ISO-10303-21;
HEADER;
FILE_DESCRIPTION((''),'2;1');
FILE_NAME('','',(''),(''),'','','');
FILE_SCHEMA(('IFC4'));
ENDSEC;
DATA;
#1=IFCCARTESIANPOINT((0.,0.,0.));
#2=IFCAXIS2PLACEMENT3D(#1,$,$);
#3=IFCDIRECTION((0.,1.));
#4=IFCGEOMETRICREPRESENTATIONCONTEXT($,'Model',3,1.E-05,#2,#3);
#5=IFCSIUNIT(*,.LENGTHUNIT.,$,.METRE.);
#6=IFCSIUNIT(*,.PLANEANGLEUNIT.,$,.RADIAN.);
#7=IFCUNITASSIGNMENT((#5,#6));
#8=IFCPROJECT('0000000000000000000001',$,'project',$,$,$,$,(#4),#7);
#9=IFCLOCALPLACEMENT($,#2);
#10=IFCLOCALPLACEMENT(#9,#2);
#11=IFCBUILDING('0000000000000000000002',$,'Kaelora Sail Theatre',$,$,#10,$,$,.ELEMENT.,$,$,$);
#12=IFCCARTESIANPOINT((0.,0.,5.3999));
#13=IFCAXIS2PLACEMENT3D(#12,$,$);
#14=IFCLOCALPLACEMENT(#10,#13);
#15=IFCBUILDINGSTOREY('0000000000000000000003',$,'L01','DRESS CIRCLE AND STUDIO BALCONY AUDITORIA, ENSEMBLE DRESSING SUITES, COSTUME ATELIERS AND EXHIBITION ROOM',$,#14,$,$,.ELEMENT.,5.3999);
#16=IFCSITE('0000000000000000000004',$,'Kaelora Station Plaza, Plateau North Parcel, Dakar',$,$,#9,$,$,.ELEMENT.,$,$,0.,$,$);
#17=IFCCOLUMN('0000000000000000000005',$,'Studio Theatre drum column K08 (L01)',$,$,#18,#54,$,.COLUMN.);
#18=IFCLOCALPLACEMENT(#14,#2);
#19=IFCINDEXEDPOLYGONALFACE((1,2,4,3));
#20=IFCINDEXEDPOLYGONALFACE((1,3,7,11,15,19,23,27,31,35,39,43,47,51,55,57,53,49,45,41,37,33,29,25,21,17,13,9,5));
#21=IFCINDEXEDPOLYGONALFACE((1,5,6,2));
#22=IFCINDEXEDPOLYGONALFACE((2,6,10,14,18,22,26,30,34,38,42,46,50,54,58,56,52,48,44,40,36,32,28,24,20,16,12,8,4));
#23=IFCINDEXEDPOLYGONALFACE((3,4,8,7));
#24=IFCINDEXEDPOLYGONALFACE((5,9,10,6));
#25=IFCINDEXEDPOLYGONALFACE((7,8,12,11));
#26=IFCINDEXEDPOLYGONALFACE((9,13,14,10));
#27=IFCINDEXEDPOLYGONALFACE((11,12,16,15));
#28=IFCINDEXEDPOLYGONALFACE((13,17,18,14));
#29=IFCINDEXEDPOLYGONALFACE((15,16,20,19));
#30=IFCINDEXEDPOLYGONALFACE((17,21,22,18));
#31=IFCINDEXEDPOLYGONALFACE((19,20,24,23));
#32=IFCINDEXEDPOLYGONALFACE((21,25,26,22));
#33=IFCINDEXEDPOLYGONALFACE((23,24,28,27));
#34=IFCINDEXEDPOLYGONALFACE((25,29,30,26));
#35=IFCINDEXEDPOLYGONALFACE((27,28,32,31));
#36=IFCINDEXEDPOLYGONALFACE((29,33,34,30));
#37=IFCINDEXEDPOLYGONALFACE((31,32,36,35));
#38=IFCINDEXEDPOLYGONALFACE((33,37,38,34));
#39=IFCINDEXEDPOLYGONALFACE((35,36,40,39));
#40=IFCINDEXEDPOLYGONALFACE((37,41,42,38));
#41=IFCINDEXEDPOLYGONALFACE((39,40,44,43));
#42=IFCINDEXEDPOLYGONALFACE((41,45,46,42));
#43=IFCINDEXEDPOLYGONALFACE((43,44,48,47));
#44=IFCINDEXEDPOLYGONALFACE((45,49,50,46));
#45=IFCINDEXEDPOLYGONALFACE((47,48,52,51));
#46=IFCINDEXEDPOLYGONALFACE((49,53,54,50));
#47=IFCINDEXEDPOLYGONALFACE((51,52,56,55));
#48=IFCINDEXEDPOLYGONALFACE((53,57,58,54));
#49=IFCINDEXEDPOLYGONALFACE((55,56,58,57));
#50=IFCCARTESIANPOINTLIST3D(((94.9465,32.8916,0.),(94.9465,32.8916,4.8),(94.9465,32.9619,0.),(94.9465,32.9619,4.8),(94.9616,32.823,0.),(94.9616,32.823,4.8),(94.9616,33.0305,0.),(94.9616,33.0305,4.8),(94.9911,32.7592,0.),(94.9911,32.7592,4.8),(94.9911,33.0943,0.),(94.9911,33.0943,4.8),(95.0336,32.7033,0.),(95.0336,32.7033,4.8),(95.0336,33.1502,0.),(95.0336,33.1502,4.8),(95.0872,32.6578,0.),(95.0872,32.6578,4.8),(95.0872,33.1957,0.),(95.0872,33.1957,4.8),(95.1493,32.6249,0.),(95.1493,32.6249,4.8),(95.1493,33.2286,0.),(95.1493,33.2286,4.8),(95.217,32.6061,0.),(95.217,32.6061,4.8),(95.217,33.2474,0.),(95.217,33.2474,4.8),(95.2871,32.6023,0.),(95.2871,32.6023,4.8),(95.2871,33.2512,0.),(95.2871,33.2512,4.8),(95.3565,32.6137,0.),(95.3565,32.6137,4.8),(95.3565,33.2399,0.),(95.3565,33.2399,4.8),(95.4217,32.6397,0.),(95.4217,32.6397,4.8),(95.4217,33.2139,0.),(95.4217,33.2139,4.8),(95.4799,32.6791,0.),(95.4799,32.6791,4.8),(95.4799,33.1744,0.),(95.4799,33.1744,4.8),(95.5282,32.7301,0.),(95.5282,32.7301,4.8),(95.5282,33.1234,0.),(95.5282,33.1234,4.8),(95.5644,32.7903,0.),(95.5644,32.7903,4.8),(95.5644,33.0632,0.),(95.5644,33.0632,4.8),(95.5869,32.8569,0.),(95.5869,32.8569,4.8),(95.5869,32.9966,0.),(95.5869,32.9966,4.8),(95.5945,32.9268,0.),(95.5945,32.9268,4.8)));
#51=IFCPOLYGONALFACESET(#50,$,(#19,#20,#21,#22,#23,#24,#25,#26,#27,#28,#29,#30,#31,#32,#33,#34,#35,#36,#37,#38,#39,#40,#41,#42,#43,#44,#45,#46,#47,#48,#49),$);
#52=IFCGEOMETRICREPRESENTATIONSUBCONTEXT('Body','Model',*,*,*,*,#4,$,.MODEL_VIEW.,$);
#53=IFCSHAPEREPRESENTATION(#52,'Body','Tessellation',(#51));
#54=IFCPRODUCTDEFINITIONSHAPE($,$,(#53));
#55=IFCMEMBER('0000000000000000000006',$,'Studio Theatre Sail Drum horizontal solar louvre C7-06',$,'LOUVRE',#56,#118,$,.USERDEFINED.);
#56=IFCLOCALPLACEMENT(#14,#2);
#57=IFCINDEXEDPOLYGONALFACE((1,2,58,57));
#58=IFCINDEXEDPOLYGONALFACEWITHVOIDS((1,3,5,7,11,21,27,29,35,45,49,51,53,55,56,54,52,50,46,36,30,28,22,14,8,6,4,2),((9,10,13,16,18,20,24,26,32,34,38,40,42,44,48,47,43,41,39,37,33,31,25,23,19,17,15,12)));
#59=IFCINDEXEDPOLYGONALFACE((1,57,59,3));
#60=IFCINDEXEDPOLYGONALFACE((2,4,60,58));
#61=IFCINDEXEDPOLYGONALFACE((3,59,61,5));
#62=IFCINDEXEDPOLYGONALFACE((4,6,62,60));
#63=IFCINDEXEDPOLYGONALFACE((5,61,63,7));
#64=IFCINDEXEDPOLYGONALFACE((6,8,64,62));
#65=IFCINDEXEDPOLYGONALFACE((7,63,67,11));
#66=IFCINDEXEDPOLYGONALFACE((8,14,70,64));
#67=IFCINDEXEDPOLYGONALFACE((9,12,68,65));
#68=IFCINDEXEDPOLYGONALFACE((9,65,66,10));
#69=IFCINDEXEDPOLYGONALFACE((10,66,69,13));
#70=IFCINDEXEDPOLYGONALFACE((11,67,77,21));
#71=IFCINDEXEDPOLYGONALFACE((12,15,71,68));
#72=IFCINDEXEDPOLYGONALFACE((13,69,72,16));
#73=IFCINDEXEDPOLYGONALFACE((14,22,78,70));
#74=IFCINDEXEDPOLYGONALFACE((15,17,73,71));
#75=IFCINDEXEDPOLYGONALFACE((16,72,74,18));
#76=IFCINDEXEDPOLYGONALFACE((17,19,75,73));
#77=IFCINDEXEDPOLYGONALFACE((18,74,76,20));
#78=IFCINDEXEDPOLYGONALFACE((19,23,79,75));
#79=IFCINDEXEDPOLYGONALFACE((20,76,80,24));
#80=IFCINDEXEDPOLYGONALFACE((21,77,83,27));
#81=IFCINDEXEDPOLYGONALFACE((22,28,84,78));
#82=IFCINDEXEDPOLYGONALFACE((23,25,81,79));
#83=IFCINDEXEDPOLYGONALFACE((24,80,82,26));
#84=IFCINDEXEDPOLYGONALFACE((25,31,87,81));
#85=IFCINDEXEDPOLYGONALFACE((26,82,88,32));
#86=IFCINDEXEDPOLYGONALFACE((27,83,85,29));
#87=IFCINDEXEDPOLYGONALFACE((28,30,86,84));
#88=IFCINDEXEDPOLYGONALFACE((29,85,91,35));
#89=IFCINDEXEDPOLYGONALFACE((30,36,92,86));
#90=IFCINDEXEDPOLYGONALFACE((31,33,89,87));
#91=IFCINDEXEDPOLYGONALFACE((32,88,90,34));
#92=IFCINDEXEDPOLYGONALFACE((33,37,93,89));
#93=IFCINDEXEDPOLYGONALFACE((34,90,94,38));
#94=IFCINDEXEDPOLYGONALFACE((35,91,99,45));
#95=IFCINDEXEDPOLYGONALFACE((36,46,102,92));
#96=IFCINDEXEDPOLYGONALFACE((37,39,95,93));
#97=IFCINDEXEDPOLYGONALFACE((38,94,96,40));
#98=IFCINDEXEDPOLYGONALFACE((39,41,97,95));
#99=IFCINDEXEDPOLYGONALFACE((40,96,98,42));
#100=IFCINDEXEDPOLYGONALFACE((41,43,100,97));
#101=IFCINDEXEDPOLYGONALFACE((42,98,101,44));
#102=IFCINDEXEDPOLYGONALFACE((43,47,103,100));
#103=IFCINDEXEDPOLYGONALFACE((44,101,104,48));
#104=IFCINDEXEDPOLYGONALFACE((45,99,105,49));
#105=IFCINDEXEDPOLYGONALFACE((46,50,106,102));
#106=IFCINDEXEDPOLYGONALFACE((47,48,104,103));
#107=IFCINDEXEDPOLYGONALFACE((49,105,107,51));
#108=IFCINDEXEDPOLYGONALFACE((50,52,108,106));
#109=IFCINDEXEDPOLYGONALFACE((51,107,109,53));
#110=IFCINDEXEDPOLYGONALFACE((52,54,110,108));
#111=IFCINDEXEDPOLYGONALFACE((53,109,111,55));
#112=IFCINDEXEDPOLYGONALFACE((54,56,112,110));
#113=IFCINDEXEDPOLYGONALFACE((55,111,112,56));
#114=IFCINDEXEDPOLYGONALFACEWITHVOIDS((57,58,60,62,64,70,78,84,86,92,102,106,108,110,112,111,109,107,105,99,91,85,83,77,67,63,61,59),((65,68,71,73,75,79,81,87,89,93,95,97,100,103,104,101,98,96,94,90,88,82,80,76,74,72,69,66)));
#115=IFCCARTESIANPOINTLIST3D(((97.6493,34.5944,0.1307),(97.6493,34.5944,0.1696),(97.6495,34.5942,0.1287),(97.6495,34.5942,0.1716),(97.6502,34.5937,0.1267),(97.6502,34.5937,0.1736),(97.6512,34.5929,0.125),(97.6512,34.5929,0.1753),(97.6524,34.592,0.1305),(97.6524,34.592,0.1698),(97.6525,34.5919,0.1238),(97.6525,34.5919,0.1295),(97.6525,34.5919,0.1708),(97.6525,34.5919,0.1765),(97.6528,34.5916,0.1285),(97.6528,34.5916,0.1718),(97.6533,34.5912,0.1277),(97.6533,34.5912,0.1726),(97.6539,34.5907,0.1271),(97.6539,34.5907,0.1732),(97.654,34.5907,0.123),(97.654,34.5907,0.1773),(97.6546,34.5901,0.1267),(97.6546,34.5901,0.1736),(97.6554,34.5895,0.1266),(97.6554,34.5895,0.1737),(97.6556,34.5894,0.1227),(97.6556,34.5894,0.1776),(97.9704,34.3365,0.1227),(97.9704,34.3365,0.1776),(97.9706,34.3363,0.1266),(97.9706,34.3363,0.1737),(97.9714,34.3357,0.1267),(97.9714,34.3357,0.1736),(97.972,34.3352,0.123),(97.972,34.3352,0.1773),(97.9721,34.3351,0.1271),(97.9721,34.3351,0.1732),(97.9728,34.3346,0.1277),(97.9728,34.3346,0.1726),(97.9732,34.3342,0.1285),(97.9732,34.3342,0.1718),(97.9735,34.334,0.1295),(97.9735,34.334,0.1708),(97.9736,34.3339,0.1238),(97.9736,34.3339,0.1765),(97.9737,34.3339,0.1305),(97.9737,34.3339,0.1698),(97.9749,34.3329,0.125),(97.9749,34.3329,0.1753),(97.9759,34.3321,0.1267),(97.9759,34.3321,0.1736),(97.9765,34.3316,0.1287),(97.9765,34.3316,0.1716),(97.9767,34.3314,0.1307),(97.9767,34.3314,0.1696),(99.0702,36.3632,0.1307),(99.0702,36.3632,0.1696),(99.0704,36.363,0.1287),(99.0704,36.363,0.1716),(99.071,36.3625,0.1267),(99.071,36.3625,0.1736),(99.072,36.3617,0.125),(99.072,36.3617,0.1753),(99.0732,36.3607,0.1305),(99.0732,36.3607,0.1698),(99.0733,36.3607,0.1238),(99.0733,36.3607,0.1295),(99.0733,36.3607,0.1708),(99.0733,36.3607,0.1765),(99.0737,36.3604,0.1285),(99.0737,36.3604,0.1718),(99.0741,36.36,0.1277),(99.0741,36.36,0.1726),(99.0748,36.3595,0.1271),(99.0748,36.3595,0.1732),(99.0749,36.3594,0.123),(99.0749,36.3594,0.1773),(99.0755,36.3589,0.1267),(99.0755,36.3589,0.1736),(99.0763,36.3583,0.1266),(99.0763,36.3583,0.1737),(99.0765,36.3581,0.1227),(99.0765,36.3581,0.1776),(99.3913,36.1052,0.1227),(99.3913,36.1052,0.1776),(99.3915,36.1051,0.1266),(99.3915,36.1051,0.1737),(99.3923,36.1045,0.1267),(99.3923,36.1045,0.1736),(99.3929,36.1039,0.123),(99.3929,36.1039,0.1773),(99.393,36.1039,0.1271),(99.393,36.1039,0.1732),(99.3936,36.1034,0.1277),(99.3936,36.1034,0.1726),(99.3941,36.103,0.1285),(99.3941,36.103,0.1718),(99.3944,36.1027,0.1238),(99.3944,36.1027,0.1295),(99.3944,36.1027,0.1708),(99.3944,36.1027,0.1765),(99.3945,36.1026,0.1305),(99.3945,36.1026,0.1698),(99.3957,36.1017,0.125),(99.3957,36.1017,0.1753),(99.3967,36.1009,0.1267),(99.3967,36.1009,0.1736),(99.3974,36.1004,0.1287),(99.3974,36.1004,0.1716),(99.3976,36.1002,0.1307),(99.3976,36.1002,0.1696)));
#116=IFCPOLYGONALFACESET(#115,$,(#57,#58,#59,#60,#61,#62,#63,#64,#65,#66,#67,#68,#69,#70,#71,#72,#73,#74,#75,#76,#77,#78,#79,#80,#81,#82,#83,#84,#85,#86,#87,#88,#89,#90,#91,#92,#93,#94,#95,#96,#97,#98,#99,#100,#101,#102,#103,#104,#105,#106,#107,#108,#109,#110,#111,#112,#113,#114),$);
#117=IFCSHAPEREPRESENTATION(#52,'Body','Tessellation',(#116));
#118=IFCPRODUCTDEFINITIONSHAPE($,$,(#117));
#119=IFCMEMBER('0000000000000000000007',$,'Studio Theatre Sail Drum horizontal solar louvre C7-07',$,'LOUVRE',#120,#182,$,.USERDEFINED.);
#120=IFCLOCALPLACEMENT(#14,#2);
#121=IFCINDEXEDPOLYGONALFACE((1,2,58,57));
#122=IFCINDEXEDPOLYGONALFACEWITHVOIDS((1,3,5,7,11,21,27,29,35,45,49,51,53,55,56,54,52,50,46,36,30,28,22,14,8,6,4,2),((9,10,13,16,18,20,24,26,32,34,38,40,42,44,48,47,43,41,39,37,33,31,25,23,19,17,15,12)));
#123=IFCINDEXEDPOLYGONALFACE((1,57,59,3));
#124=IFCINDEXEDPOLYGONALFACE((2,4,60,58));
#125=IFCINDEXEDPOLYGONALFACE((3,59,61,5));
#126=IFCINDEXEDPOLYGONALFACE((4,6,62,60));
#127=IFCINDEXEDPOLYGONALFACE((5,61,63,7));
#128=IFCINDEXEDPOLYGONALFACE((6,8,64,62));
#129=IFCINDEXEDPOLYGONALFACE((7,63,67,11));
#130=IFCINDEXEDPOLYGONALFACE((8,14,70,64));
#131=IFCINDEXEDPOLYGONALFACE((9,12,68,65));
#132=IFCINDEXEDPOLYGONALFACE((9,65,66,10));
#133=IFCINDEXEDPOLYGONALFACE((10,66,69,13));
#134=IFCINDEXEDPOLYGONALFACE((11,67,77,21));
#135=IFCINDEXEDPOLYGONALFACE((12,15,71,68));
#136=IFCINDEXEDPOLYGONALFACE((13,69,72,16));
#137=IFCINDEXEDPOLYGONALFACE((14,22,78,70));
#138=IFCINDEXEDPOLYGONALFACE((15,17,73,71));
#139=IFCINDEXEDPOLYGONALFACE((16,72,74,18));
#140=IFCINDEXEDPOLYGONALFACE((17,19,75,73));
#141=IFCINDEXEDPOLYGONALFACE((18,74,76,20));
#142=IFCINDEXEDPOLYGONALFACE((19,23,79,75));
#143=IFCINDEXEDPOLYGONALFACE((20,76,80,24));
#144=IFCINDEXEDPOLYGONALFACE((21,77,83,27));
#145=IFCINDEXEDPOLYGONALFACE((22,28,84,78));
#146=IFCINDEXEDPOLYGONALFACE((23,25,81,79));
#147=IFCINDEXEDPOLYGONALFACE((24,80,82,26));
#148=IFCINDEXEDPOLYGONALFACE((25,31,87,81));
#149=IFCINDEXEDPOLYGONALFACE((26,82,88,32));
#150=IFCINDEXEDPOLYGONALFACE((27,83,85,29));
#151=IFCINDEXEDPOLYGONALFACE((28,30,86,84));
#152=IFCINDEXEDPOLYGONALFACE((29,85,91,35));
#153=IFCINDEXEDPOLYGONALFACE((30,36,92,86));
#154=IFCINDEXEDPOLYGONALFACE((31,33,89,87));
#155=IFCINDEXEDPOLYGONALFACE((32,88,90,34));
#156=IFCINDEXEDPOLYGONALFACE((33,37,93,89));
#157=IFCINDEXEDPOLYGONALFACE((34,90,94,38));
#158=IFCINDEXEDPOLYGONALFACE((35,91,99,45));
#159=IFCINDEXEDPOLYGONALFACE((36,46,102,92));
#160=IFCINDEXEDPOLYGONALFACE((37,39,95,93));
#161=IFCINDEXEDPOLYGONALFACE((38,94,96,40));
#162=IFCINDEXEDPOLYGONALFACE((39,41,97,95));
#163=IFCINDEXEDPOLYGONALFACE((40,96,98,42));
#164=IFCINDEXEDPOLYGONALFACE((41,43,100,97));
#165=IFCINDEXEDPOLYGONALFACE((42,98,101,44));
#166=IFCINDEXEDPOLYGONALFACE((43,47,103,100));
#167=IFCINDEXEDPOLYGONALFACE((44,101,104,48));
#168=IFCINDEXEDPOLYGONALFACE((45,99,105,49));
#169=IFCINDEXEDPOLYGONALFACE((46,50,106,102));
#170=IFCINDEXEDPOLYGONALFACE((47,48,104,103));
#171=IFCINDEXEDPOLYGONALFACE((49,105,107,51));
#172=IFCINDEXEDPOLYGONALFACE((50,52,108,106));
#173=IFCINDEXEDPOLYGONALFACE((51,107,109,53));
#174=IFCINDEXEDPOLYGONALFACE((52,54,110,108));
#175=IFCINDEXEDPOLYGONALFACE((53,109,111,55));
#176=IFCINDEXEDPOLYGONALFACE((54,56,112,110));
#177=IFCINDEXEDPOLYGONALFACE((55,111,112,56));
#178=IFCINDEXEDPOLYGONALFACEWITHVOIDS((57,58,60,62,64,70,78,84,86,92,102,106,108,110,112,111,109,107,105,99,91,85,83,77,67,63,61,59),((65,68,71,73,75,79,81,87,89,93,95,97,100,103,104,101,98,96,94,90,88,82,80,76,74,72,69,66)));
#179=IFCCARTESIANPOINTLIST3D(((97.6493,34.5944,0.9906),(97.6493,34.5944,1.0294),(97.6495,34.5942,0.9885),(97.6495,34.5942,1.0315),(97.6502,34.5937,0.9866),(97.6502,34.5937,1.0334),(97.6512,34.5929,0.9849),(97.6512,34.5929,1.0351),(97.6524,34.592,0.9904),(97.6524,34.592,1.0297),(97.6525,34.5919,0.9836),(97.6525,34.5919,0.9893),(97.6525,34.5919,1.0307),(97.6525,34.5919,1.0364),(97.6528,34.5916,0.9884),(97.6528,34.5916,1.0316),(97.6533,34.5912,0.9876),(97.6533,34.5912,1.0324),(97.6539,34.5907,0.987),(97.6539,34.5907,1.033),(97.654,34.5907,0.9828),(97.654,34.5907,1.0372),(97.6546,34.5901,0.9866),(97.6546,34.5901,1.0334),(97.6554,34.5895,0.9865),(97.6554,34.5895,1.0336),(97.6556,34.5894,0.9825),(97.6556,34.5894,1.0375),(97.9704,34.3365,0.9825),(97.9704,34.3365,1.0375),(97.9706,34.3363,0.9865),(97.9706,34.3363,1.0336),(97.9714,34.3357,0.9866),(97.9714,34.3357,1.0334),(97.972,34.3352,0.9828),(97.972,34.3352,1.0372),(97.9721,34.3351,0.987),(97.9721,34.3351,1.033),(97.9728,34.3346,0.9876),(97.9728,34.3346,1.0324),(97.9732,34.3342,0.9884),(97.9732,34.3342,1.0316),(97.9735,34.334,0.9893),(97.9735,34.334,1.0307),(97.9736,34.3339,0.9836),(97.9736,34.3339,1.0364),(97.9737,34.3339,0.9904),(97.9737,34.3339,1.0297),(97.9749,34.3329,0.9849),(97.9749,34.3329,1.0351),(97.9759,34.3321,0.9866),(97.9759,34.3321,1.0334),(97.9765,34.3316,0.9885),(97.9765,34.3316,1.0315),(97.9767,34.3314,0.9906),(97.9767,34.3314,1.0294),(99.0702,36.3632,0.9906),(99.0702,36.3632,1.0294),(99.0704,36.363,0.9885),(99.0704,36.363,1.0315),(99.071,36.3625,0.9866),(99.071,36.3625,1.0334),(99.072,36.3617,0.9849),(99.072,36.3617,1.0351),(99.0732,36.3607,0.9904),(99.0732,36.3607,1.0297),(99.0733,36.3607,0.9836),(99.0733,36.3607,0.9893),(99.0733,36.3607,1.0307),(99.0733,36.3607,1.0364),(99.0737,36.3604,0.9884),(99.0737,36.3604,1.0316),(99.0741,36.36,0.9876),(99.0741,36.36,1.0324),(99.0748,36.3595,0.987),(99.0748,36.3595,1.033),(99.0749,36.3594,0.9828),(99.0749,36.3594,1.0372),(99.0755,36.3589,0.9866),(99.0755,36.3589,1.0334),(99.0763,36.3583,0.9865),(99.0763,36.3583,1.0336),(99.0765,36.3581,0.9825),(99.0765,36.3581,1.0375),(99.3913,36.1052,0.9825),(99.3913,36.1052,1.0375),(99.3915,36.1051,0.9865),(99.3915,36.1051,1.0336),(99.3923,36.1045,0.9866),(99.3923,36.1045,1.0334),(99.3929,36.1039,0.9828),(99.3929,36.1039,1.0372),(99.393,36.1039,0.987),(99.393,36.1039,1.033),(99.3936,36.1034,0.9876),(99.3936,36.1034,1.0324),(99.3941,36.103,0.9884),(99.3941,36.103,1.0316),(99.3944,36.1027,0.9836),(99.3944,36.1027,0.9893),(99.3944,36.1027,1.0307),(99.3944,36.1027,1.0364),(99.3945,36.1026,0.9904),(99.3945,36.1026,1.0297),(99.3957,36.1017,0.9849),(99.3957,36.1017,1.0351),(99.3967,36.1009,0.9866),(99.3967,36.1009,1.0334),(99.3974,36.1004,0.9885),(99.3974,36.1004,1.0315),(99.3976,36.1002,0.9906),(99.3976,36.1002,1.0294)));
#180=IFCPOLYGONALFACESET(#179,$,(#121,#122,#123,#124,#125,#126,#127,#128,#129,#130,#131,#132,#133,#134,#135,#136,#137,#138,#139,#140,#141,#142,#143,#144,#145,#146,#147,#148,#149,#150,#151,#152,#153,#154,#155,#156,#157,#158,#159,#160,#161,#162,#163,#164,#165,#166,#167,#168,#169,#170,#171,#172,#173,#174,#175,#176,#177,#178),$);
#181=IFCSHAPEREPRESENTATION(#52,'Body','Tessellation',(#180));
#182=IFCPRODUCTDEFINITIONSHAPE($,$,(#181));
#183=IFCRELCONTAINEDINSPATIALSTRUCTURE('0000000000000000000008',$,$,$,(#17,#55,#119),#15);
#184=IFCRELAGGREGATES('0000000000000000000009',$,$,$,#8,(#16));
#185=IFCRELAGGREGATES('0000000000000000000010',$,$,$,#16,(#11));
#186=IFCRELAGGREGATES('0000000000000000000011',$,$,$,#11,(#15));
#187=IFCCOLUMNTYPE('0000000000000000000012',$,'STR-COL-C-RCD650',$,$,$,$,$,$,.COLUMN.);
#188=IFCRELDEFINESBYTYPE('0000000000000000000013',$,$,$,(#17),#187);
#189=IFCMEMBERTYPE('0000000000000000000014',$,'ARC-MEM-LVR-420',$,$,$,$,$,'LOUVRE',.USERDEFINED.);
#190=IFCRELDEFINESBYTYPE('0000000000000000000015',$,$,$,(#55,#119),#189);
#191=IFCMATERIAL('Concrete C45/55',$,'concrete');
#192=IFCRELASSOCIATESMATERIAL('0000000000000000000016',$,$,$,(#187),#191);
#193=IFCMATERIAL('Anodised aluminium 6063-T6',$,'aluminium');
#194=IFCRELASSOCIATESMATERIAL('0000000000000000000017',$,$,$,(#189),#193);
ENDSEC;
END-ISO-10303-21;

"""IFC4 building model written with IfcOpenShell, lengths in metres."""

from ifc_helpers import new_model, si_unit, direction, frame, origin, origin_2d, place, context, subcontext, project, spatial, hollow_rectangle, circle, extrude, material, material_profile, profile_set, type_object, element, save


model = new_model("IFC4")

# Units and contexts
model_context = context("Model", 3, precision=1e-05, world=origin(), true_north=direction((0.0, 1.0)))
body_context = subcontext(model_context, "Body", "Model", "MODEL_VIEW")
ifc_project = project(units=[si_unit("LENGTHUNIT", "METRE"), si_unit("PLANEANGLEUNIT", "RADIAN")], contexts=[model_context])

# Site, building, storey
site_placement = place(None, origin())
site = spatial("IfcSite", under=ifc_project, at=site_placement, Name="Kaelora Station Plaza, Plateau North Parcel, Dakar", CompositionType="ELEMENT", RefElevation=0.0)
building_placement = place(site_placement, origin())
building = spatial("IfcBuilding", under=site, at=building_placement, Name="Kaelora Sail Theatre", CompositionType="ELEMENT")
storey_placement = place(building_placement, frame((0.0, 0.0, 5.3999)))
storey = spatial("IfcBuildingStorey", under=building, at=storey_placement, Name="L01", Description="DRESS CIRCLE AND STUDIO BALCONY AUDITORIA, ENSEMBLE DRESSING SUITES, COSTUME ATELIERS AND EXHIBITION ROOM", CompositionType="ELEMENT", Elevation=5.3999)

# Column
ifc_material_1 = material(Name="Concrete C45/55", Category="concrete")
ifc_material_profile_1 = material_profile(ifc_material_1, circle(Radius=0.325, at=origin_2d()), Name="RC-CCOL D650")
ifc_profile_set_1 = profile_set([ifc_material_profile_1], Name="Concrete C45/55")
column_type = type_object("IfcColumnType", Name="STR-COL-C-RCD650", PredefinedType="COLUMN", material=ifc_profile_set_1)
column_placement = place(storey_placement, frame((95.2695, 32.9268, 0.0), z_axis=(0.0, 0.0, 1.0), x_axis=(1.0, 0.0, 0.0)))
element("IfcColumn", 1, at=column_placement, inside=storey, type_object=column_type, Name="Studio Theatre drum column K08 (L01)", PredefinedType="COLUMN", context=body_context, shape_type="SweptSolid", body=[
    extrude(circle(Radius=0.325, at=origin_2d()), origin(), (0.0, 0.0, 1.0), 4.8),
])

# Members
ifc_material_2 = material(Name="Anodised aluminium 6063-T6", Category="aluminium")
ifc_material_profile_2 = material_profile(ifc_material_2, hollow_rectangle(XDim=0.4199, YDim=0.0549, WallThickness=0.0039, InnerFilletRadius=0.0039, OuterFilletRadius=0.0081, at=origin_2d()), Name="LOUVRE 420x55x4")
ifc_profile_set_2 = profile_set([ifc_material_profile_2], Name="Anodised aluminium 6063-T6")
member_type = type_object("IfcMemberType", Name="ARC-MEM-LVR-420", ElementType="LOUVRE", PredefinedType="USERDEFINED", material=ifc_profile_set_2)
for number, where, z_axis, x_axis, name in (
    (2, (99.2339, 36.2317, 0.1501), (-0.626269, -0.779607, 0.0), (0.779607, -0.626269, 0.0), "Studio Theatre Sail Drum horizontal solar louvre C7-06"),
    (3, (99.2339, 36.2317, 1.01), (-0.626269, -0.779607, 0.0), (0.779607, -0.626269, 0.0), "Studio Theatre Sail Drum horizontal solar louvre C7-07"),
):
    element("IfcMember", number, at=place(storey_placement, frame(where, z_axis=z_axis, x_axis=x_axis)), inside=storey, type_object=member_type, Name=name, ObjectType="LOUVRE", PredefinedType="USERDEFINED", context=body_context, shape_type="SweptSolid", body=[
        extrude(hollow_rectangle(XDim=0.4199, YDim=0.0549, WallThickness=0.0039, InnerFilletRadius=0.0039, OuterFilletRadius=0.0081, at=origin_2d()), origin(), (0.0, 0.0, 1.0), 2.2688),
    ])

save(model, "model.ifc")
